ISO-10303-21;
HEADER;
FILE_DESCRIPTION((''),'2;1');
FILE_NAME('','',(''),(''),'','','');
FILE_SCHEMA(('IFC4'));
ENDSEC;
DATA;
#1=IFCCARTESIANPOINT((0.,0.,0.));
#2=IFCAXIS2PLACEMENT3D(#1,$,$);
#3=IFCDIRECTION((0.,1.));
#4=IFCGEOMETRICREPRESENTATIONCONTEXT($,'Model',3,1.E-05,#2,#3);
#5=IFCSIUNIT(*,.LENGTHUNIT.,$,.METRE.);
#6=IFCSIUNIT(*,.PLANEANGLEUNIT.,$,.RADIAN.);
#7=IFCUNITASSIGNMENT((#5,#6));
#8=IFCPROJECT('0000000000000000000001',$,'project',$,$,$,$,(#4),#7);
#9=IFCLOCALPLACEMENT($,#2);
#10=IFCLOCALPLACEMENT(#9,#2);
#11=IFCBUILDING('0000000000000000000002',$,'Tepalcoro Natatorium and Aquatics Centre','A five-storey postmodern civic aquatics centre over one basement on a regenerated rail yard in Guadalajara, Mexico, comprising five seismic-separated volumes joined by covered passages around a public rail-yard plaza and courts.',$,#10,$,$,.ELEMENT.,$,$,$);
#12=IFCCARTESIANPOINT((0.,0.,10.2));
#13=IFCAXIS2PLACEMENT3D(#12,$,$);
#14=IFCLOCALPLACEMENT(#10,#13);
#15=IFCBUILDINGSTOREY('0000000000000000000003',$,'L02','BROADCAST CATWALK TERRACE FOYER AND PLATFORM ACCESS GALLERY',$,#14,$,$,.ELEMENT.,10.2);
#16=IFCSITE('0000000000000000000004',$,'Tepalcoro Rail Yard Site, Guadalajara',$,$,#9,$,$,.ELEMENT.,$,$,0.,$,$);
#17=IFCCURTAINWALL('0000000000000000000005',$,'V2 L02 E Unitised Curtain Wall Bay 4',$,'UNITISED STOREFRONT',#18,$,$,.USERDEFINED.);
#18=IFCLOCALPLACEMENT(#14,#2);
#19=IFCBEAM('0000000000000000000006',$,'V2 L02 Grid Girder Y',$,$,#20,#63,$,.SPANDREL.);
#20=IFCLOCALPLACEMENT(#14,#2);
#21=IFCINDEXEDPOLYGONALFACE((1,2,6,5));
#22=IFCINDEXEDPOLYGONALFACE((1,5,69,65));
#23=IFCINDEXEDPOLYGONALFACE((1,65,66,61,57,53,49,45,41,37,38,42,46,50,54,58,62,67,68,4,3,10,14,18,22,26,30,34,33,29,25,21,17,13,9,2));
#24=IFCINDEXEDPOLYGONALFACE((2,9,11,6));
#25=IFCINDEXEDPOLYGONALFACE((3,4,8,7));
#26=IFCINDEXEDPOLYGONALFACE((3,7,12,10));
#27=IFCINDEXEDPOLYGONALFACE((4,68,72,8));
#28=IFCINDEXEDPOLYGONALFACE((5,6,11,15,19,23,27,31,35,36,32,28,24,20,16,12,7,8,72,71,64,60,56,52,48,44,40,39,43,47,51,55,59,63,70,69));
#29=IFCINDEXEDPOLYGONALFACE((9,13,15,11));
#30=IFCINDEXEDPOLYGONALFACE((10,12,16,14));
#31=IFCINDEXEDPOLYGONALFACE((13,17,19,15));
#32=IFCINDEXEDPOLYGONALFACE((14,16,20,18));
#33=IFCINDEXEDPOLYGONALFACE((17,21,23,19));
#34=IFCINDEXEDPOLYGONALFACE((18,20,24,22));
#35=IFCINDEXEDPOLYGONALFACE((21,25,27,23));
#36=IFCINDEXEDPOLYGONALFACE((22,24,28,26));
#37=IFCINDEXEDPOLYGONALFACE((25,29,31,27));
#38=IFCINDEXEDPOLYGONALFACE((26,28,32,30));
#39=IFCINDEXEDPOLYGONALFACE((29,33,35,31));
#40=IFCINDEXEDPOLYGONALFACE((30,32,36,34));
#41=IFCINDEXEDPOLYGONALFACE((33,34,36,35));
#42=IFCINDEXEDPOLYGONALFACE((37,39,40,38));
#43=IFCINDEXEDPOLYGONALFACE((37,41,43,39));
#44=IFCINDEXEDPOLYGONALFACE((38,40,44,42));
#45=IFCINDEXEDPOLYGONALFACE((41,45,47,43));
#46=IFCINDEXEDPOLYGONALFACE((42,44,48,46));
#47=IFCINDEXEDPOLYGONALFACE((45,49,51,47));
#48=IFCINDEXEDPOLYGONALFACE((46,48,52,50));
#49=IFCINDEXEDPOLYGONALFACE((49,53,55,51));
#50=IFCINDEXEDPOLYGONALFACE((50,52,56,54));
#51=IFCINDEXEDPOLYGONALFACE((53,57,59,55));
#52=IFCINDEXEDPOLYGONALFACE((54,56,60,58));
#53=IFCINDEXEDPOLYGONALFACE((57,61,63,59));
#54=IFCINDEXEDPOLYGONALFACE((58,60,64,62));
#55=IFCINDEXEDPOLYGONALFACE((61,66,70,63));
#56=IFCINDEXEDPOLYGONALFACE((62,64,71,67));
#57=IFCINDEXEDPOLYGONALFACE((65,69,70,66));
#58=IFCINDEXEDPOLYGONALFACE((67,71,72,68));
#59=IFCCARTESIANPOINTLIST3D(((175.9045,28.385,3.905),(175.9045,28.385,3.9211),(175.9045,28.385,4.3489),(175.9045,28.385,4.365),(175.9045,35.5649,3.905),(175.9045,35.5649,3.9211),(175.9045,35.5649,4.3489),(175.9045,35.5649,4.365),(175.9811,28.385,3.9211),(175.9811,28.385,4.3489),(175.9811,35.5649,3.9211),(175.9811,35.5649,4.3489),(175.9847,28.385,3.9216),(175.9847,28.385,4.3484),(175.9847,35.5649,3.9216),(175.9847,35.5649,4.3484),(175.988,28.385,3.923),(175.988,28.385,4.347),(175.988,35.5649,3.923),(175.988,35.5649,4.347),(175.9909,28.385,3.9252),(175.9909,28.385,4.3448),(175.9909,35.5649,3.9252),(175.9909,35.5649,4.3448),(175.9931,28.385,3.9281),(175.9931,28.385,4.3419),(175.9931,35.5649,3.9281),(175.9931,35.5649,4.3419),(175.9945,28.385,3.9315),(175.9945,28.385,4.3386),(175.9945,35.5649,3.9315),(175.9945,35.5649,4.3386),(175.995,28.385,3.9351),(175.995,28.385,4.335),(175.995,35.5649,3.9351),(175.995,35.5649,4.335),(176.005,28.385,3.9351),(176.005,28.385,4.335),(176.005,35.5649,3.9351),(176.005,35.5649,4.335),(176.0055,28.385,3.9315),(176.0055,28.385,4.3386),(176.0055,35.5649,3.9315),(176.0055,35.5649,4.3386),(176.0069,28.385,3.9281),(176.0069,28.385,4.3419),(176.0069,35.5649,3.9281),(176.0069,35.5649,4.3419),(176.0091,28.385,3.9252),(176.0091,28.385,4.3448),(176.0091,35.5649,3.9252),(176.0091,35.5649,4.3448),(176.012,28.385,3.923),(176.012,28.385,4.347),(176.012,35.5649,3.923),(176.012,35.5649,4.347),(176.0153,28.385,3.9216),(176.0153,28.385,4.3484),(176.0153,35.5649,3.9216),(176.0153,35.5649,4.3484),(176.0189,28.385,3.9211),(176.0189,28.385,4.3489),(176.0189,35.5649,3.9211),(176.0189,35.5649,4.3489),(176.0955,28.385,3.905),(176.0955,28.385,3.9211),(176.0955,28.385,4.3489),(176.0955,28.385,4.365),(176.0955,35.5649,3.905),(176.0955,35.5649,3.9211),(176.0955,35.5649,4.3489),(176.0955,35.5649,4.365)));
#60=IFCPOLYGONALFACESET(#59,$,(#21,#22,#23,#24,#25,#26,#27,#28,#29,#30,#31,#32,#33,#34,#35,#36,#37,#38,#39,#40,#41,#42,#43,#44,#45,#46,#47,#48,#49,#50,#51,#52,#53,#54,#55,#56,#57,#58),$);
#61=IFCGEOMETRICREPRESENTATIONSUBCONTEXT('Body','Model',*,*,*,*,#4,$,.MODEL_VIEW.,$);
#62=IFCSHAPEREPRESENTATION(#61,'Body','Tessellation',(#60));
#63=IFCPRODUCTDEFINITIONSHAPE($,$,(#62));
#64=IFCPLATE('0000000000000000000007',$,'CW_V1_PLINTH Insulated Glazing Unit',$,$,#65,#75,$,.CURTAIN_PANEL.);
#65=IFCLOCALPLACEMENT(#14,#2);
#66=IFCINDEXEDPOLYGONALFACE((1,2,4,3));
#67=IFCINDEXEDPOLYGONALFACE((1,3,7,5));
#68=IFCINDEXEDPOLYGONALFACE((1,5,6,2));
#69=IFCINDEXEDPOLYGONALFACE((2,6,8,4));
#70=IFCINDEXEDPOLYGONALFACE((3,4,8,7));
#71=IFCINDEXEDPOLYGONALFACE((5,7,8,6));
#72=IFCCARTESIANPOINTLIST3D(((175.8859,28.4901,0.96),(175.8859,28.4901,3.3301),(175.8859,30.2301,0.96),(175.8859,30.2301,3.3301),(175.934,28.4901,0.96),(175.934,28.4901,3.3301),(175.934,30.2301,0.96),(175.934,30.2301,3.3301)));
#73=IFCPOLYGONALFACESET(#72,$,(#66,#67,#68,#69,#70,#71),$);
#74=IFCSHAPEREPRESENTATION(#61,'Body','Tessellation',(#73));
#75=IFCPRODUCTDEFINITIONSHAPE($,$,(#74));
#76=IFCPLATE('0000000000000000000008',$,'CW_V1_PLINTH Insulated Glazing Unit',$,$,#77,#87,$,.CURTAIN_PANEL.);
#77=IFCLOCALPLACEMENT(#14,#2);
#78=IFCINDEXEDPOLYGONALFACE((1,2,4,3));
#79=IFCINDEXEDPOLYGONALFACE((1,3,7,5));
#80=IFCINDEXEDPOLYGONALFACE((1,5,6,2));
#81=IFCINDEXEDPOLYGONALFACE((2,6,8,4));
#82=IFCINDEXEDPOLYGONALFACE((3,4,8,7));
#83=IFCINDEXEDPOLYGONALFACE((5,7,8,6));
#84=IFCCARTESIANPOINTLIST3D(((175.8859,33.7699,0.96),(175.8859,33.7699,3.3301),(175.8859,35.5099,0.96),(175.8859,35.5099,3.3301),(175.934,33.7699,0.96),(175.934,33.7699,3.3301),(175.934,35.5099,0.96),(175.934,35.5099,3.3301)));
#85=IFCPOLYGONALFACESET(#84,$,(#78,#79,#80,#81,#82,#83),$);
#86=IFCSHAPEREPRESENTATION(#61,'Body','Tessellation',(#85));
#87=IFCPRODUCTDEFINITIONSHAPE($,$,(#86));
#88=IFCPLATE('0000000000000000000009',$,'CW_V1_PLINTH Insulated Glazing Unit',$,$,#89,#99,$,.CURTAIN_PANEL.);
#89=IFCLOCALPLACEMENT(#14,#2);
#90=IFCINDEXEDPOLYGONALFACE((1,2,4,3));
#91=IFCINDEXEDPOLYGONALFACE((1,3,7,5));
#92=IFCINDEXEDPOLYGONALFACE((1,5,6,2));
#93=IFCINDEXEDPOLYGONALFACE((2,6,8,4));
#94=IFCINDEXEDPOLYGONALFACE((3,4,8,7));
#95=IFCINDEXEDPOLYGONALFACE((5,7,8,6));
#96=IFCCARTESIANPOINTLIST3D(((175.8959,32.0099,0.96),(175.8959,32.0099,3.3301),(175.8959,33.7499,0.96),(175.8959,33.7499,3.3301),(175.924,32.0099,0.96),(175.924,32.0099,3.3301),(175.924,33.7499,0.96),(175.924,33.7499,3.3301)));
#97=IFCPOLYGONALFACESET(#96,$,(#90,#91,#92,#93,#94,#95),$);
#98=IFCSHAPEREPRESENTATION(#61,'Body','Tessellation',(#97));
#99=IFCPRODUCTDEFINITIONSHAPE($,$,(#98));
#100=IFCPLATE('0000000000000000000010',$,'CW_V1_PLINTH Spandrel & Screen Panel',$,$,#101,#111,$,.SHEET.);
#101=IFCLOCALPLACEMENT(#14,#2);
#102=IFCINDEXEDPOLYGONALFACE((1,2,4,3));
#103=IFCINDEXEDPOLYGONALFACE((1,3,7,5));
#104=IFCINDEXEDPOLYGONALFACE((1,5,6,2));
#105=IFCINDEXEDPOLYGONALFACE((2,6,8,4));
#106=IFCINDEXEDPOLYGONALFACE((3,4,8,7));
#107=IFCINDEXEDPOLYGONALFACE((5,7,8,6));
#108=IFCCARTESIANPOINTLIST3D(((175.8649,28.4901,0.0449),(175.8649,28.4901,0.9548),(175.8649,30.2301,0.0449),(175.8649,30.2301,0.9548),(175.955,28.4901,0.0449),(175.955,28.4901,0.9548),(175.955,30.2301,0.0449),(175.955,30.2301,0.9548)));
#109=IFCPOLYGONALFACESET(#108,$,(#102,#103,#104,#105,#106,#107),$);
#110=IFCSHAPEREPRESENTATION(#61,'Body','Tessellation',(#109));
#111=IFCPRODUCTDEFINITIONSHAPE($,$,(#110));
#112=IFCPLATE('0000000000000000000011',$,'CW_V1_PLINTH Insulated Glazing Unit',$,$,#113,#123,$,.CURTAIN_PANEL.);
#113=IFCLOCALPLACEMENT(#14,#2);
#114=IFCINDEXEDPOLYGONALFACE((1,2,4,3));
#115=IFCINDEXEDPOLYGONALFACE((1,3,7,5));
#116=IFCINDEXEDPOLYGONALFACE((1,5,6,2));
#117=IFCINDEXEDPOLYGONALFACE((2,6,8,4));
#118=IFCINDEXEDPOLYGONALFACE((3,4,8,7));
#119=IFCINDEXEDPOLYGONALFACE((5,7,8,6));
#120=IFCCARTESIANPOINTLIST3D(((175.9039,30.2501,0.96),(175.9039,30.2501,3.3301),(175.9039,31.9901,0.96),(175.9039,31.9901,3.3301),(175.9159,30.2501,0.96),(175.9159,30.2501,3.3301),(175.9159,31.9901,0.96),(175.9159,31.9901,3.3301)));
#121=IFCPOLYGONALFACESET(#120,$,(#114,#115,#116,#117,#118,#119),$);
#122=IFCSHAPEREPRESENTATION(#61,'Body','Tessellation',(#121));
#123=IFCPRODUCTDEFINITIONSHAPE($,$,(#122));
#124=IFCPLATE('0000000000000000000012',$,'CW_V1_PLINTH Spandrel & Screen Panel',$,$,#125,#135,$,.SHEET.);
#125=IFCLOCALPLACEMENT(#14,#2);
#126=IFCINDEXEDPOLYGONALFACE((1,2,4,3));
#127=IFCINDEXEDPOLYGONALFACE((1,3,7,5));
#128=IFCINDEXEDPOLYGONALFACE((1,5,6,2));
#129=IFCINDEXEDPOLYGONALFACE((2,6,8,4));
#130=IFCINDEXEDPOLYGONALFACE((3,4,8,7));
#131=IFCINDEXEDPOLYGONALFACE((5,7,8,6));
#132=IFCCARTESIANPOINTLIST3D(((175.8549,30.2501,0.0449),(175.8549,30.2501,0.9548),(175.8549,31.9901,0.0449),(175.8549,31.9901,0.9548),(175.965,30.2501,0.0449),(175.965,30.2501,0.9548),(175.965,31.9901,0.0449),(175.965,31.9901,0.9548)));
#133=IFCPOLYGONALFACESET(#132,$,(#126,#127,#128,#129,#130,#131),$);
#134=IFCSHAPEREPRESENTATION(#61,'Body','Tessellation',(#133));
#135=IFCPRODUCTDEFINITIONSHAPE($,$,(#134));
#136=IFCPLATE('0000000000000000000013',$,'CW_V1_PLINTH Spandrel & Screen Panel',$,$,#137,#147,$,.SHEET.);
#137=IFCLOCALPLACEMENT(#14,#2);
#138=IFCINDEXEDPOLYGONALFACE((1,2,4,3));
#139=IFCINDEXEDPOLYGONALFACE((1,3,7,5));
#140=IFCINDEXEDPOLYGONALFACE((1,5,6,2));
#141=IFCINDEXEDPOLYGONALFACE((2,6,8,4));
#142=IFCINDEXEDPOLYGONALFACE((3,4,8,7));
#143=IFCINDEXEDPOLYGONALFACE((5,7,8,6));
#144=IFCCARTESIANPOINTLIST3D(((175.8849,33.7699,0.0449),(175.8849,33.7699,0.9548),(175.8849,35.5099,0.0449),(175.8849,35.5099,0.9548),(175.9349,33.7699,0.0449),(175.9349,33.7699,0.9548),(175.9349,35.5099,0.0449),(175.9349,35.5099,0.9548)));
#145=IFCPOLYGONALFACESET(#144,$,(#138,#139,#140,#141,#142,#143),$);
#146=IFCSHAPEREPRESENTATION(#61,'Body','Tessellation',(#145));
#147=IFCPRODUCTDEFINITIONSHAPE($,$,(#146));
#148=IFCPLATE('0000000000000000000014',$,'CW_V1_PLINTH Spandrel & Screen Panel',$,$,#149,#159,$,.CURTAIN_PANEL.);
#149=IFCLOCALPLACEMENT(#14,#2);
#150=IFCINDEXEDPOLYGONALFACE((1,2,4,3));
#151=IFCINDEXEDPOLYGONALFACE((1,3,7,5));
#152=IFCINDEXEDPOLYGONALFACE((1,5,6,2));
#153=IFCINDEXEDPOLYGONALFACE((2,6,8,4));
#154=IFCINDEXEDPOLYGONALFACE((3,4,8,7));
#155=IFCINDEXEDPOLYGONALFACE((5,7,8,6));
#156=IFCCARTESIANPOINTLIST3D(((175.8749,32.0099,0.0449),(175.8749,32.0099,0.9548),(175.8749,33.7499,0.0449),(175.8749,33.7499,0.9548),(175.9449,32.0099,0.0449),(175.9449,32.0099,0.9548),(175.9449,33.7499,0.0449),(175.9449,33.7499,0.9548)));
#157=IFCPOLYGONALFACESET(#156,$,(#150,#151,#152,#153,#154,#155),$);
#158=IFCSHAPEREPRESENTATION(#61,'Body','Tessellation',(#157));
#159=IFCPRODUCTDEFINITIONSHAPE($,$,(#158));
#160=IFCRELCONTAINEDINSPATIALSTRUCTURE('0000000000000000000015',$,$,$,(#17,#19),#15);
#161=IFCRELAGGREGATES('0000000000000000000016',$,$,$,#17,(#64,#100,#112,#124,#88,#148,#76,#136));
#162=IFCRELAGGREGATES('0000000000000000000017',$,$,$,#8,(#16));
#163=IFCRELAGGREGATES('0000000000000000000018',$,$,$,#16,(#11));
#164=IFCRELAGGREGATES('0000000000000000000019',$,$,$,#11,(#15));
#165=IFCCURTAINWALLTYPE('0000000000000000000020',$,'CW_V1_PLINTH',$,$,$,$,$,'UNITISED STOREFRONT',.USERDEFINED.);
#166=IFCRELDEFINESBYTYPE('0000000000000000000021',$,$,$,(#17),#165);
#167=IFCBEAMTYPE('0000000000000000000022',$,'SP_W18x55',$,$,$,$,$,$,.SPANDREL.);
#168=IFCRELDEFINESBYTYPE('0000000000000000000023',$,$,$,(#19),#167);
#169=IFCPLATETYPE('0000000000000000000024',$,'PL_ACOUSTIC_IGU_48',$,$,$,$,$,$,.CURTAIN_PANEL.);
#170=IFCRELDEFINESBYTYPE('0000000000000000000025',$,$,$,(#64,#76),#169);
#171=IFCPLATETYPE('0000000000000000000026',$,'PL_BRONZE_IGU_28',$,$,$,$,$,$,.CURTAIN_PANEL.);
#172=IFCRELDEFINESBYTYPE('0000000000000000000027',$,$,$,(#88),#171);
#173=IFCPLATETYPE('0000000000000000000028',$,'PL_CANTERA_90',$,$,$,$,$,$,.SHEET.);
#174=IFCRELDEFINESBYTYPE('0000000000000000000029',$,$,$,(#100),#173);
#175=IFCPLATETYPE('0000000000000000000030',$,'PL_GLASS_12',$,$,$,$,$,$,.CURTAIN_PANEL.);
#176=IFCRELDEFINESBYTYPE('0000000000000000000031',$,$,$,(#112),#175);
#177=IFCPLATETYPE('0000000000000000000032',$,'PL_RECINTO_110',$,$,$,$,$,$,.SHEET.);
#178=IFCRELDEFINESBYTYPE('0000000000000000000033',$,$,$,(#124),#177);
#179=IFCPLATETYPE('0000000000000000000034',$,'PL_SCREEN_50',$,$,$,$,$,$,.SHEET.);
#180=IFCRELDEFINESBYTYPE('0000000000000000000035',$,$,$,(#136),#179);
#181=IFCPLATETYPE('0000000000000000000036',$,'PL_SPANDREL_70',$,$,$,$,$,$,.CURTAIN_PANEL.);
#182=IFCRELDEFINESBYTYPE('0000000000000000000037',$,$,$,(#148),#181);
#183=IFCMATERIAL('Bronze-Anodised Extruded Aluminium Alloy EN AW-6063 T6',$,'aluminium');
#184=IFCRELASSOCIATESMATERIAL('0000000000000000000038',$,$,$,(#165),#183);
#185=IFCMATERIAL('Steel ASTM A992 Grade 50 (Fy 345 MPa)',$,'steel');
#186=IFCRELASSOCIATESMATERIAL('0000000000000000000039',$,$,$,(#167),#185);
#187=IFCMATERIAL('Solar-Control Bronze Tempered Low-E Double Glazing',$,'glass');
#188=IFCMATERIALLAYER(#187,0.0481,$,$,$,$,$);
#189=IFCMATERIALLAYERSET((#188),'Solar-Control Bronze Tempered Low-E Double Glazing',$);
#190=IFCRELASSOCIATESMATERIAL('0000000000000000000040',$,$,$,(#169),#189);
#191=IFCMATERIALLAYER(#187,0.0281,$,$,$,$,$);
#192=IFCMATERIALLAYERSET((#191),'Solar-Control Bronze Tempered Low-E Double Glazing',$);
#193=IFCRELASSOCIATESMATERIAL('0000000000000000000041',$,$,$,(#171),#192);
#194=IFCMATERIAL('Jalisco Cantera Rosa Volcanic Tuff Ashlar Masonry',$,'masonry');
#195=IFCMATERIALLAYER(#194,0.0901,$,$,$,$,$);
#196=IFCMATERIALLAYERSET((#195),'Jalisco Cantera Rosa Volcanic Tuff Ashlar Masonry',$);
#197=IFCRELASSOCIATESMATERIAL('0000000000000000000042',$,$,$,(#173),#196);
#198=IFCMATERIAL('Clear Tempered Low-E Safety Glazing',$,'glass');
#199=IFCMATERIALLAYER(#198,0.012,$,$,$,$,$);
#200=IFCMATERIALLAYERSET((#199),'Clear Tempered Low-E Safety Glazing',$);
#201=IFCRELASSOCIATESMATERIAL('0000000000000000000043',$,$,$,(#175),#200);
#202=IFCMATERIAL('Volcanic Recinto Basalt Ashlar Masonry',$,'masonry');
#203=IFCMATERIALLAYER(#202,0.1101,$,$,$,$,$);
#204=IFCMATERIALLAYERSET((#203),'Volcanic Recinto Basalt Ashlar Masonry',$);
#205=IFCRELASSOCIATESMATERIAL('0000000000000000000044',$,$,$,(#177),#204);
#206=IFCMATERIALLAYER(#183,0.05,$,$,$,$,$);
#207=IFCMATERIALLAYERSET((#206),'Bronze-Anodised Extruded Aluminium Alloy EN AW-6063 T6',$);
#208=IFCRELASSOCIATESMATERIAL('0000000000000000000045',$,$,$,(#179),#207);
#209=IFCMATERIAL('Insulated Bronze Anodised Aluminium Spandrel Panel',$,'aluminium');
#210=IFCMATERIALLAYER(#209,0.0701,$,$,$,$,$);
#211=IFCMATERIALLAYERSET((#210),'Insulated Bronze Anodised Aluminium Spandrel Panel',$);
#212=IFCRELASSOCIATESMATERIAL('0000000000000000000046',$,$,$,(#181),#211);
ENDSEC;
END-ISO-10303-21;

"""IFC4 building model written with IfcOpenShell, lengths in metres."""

from ifc_helpers import new_model, si_unit, direction, frame, origin, origin_2d, place, context, subcontext, project, spatial, rectangle, i_section, extrude, material, layer, layer_set, material_profile, profile_set, type_object, element, aggregate, save


model = new_model("IFC4")

# Units and contexts
model_context = context("Model", 3, precision=1e-05, world=origin(), true_north=direction((0.0, 1.0)))
body_context = subcontext(model_context, "Body", "Model", "MODEL_VIEW")
ifc_project = project(units=[si_unit("LENGTHUNIT", "METRE"), si_unit("PLANEANGLEUNIT", "RADIAN")], contexts=[model_context])

# Site, building, storey
site_placement = place(None, origin())
site = spatial("IfcSite", under=ifc_project, at=site_placement, Name="Tepalcoro Rail Yard Site, Guadalajara", CompositionType="ELEMENT", RefElevation=0.0)
building_placement = place(site_placement, origin())
building = spatial("IfcBuilding", under=site, at=building_placement, Name="Tepalcoro Natatorium and Aquatics Centre", Description="A five-storey postmodern civic aquatics centre over one basement on a regenerated rail yard in Guadalajara, Mexico, comprising five seismic-separated volumes joined by covered passages around a public rail-yard plaza and courts.", CompositionType="ELEMENT")
storey_placement = place(building_placement, frame((0.0, 0.0, 10.2)))
storey = spatial("IfcBuildingStorey", under=building, at=storey_placement, Name="L02", Description="BROADCAST CATWALK TERRACE FOYER AND PLATFORM ACCESS GALLERY", CompositionType="ELEMENT", Elevation=10.2)

# Shared definitions
ifc_material_1 = material(Name="Steel ASTM A992 Grade 50 (Fy 345 MPa)", Category="steel")

# Shared definitions
ifc_material_2 = material(Name="Bronze-Anodised Extruded Aluminium Alloy EN AW-6063 T6", Category="aluminium")

# Curtain wall
curtain_wall_type_1 = type_object("IfcCurtainWallType", Name="CW_V1_PLINTH", ElementType="UNITISED STOREFRONT", PredefinedType="USERDEFINED", material=ifc_material_2)
curtain_wall_1_placement = place(storey_placement, origin())
curtain_wall_1 = element("IfcCurtainWall", 1, at=curtain_wall_1_placement, inside=storey, type_object=curtain_wall_type_1, Name="V2 L02 E Unitised Curtain Wall Bay 4", ObjectType="UNITISED STOREFRONT", PredefinedType="USERDEFINED")

# Beam
ifc_material_profile_1 = material_profile(ifc_material_1, i_section(OverallWidth=0.1909, OverallDepth=0.46, WebThickness=0.01, FlangeThickness=0.0161, FilletRadius=0.0139, at=origin_2d()), Name="W18X55")
ifc_profile_set_1 = profile_set([ifc_material_profile_1], Name="Steel ASTM A992 Grade 50 (Fy 345 MPa)")
beam_type_1 = type_object("IfcBeamType", Name="SP_W18x55", PredefinedType="SPANDREL", material=ifc_profile_set_1)
beam_1_placement = place(storey_placement, frame((176.0, 28.385, 4.135), z_axis=(0.0, 1.0, 0.0), x_axis=(-1.0, 0.0, 0.0)))
element("IfcBeam", 2, at=beam_1_placement, inside=storey, type_object=beam_type_1, Name="V2 L02 Grid Girder Y", PredefinedType="SPANDREL", context=body_context, shape_type="SweptSolid", body=[
    extrude(i_section(OverallWidth=0.1909, OverallDepth=0.46, WebThickness=0.01, FlangeThickness=0.0161, FilletRadius=0.0139, at=origin_2d()), origin(), (0.0, 0.0, 1.0), 7.1799),
])

# Plates
ifc_material_3 = material(Name="Solar-Control Bronze Tempered Low-E Double Glazing", Category="glass")
ifc_layer_1 = layer(ifc_material_3, 0.0481)
ifc_layer_set_1 = layer_set([ifc_layer_1], Name="Solar-Control Bronze Tempered Low-E Double Glazing")
plate_type_1 = type_object("IfcPlateType", Name="PL_ACOUSTIC_IGU_48", PredefinedType="CURTAIN_PANEL", material=ifc_layer_set_1)
plate_1_placement = place(storey_placement, frame((175.9099, 29.3601, 0.96), z_axis=(0.0, 0.0, 1.0), x_axis=(1.0, 0.0, 0.0)))
plate_1 = element("IfcPlate", 3, at=plate_1_placement, type_object=plate_type_1, Name="CW_V1_PLINTH Insulated Glazing Unit", PredefinedType="CURTAIN_PANEL", context=body_context, shape_type="SweptSolid", body=[
    extrude(rectangle(XDim=0.0481, YDim=1.74, at=origin_2d()), origin(), (0.0, 0.0, 1.0), 2.3701),
])
plate_2_placement = place(storey_placement, frame((175.9099, 34.6399, 0.96), z_axis=(0.0, 0.0, 1.0), x_axis=(1.0, 0.0, 0.0)))
plate_2 = element("IfcPlate", 4, at=plate_2_placement, type_object=plate_type_1, Name="CW_V1_PLINTH Insulated Glazing Unit", PredefinedType="CURTAIN_PANEL", context=body_context, shape_type="SweptSolid", body=[
    extrude(rectangle(XDim=0.0481, YDim=1.74, at=origin_2d()), origin(), (0.0, 0.0, 1.0), 2.3701),
])
ifc_layer_2 = layer(ifc_material_3, 0.0281)
ifc_layer_set_2 = layer_set([ifc_layer_2], Name="Solar-Control Bronze Tempered Low-E Double Glazing")
plate_type_2 = type_object("IfcPlateType", Name="PL_BRONZE_IGU_28", PredefinedType="CURTAIN_PANEL", material=ifc_layer_set_2)
plate_3_placement = place(storey_placement, frame((175.9099, 32.8799, 0.96), z_axis=(0.0, 0.0, 1.0), x_axis=(1.0, 0.0, 0.0)))
plate_3 = element("IfcPlate", 5, at=plate_3_placement, type_object=plate_type_2, Name="CW_V1_PLINTH Insulated Glazing Unit", PredefinedType="CURTAIN_PANEL", context=body_context, shape_type="SweptSolid", body=[
    extrude(rectangle(XDim=0.0281, YDim=1.74, at=origin_2d()), origin(), (0.0, 0.0, 1.0), 2.3701),
])
ifc_material_4 = material(Name="Jalisco Cantera Rosa Volcanic Tuff Ashlar Masonry", Category="masonry")
ifc_layer_3 = layer(ifc_material_4, 0.0901)
ifc_layer_set_3 = layer_set([ifc_layer_3], Name="Jalisco Cantera Rosa Volcanic Tuff Ashlar Masonry")
plate_type_3 = type_object("IfcPlateType", Name="PL_CANTERA_90", PredefinedType="SHEET", material=ifc_layer_set_3)
plate_4_placement = place(storey_placement, frame((175.9099, 29.3601, 0.0449), z_axis=(0.0, 0.0, 1.0), x_axis=(1.0, 0.0, 0.0)))
plate_4 = element("IfcPlate", 6, at=plate_4_placement, type_object=plate_type_3, Name="CW_V1_PLINTH Spandrel & Screen Panel", PredefinedType="SHEET", context=body_context, shape_type="SweptSolid", body=[
    extrude(rectangle(XDim=0.0901, YDim=1.74, at=origin_2d()), origin(), (0.0, 0.0, 1.0), 0.9099),
])
ifc_material_5 = material(Name="Clear Tempered Low-E Safety Glazing", Category="glass")
ifc_layer_4 = layer(ifc_material_5, 0.012)
ifc_layer_set_4 = layer_set([ifc_layer_4], Name="Clear Tempered Low-E Safety Glazing")
plate_type_4 = type_object("IfcPlateType", Name="PL_GLASS_12", PredefinedType="CURTAIN_PANEL", material=ifc_layer_set_4)
plate_5_placement = place(storey_placement, frame((175.9099, 31.1201, 0.96), z_axis=(0.0, 0.0, 1.0), x_axis=(1.0, 0.0, 0.0)))
plate_5 = element("IfcPlate", 7, at=plate_5_placement, type_object=plate_type_4, Name="CW_V1_PLINTH Insulated Glazing Unit", PredefinedType="CURTAIN_PANEL", context=body_context, shape_type="SweptSolid", body=[
    extrude(rectangle(XDim=0.012, YDim=1.74, at=origin_2d()), origin(), (0.0, 0.0, 1.0), 2.3701),
])
ifc_material_6 = material(Name="Volcanic Recinto Basalt Ashlar Masonry", Category="masonry")
ifc_layer_5 = layer(ifc_material_6, 0.1101)
ifc_layer_set_5 = layer_set([ifc_layer_5], Name="Volcanic Recinto Basalt Ashlar Masonry")
plate_type_5 = type_object("IfcPlateType", Name="PL_RECINTO_110", PredefinedType="SHEET", material=ifc_layer_set_5)
plate_6_placement = place(storey_placement, frame((175.9099, 31.1201, 0.0449), z_axis=(0.0, 0.0, 1.0), x_axis=(1.0, 0.0, 0.0)))
plate_6 = element("IfcPlate", 8, at=plate_6_placement, type_object=plate_type_5, Name="CW_V1_PLINTH Spandrel & Screen Panel", PredefinedType="SHEET", context=body_context, shape_type="SweptSolid", body=[
    extrude(rectangle(XDim=0.1101, YDim=1.74, at=origin_2d()), origin(), (0.0, 0.0, 1.0), 0.9099),
])
ifc_layer_6 = layer(ifc_material_2, 0.05)
ifc_layer_set_6 = layer_set([ifc_layer_6], Name="Bronze-Anodised Extruded Aluminium Alloy EN AW-6063 T6")
plate_type_6 = type_object("IfcPlateType", Name="PL_SCREEN_50", PredefinedType="SHEET", material=ifc_layer_set_6)
plate_7_placement = place(storey_placement, frame((175.9099, 34.6399, 0.0449), z_axis=(0.0, 0.0, 1.0), x_axis=(1.0, 0.0, 0.0)))
plate_7 = element("IfcPlate", 9, at=plate_7_placement, type_object=plate_type_6, Name="CW_V1_PLINTH Spandrel & Screen Panel", PredefinedType="SHEET", context=body_context, shape_type="SweptSolid", body=[
    extrude(rectangle(XDim=0.05, YDim=1.74, at=origin_2d()), origin(), (0.0, 0.0, 1.0), 0.9099),
])
ifc_material_7 = material(Name="Insulated Bronze Anodised Aluminium Spandrel Panel", Category="aluminium")
ifc_layer_7 = layer(ifc_material_7, 0.0701)
ifc_layer_set_7 = layer_set([ifc_layer_7], Name="Insulated Bronze Anodised Aluminium Spandrel Panel")
plate_type_7 = type_object("IfcPlateType", Name="PL_SPANDREL_70", PredefinedType="CURTAIN_PANEL", material=ifc_layer_set_7)
plate_8_placement = place(storey_placement, frame((175.9099, 32.8799, 0.0449), z_axis=(0.0, 0.0, 1.0), x_axis=(1.0, 0.0, 0.0)))
plate_8 = element("IfcPlate", 10, at=plate_8_placement, type_object=plate_type_7, Name="CW_V1_PLINTH Spandrel & Screen Panel", PredefinedType="CURTAIN_PANEL", context=body_context, shape_type="SweptSolid", body=[
    extrude(rectangle(XDim=0.0701, YDim=1.74, at=origin_2d()), origin(), (0.0, 0.0, 1.0), 0.9099),
])
aggregate(curtain_wall_1, [plate_1, plate_4, plate_5, plate_6, plate_3, plate_8, plate_2, plate_7])

save(model, "model.ifc")
